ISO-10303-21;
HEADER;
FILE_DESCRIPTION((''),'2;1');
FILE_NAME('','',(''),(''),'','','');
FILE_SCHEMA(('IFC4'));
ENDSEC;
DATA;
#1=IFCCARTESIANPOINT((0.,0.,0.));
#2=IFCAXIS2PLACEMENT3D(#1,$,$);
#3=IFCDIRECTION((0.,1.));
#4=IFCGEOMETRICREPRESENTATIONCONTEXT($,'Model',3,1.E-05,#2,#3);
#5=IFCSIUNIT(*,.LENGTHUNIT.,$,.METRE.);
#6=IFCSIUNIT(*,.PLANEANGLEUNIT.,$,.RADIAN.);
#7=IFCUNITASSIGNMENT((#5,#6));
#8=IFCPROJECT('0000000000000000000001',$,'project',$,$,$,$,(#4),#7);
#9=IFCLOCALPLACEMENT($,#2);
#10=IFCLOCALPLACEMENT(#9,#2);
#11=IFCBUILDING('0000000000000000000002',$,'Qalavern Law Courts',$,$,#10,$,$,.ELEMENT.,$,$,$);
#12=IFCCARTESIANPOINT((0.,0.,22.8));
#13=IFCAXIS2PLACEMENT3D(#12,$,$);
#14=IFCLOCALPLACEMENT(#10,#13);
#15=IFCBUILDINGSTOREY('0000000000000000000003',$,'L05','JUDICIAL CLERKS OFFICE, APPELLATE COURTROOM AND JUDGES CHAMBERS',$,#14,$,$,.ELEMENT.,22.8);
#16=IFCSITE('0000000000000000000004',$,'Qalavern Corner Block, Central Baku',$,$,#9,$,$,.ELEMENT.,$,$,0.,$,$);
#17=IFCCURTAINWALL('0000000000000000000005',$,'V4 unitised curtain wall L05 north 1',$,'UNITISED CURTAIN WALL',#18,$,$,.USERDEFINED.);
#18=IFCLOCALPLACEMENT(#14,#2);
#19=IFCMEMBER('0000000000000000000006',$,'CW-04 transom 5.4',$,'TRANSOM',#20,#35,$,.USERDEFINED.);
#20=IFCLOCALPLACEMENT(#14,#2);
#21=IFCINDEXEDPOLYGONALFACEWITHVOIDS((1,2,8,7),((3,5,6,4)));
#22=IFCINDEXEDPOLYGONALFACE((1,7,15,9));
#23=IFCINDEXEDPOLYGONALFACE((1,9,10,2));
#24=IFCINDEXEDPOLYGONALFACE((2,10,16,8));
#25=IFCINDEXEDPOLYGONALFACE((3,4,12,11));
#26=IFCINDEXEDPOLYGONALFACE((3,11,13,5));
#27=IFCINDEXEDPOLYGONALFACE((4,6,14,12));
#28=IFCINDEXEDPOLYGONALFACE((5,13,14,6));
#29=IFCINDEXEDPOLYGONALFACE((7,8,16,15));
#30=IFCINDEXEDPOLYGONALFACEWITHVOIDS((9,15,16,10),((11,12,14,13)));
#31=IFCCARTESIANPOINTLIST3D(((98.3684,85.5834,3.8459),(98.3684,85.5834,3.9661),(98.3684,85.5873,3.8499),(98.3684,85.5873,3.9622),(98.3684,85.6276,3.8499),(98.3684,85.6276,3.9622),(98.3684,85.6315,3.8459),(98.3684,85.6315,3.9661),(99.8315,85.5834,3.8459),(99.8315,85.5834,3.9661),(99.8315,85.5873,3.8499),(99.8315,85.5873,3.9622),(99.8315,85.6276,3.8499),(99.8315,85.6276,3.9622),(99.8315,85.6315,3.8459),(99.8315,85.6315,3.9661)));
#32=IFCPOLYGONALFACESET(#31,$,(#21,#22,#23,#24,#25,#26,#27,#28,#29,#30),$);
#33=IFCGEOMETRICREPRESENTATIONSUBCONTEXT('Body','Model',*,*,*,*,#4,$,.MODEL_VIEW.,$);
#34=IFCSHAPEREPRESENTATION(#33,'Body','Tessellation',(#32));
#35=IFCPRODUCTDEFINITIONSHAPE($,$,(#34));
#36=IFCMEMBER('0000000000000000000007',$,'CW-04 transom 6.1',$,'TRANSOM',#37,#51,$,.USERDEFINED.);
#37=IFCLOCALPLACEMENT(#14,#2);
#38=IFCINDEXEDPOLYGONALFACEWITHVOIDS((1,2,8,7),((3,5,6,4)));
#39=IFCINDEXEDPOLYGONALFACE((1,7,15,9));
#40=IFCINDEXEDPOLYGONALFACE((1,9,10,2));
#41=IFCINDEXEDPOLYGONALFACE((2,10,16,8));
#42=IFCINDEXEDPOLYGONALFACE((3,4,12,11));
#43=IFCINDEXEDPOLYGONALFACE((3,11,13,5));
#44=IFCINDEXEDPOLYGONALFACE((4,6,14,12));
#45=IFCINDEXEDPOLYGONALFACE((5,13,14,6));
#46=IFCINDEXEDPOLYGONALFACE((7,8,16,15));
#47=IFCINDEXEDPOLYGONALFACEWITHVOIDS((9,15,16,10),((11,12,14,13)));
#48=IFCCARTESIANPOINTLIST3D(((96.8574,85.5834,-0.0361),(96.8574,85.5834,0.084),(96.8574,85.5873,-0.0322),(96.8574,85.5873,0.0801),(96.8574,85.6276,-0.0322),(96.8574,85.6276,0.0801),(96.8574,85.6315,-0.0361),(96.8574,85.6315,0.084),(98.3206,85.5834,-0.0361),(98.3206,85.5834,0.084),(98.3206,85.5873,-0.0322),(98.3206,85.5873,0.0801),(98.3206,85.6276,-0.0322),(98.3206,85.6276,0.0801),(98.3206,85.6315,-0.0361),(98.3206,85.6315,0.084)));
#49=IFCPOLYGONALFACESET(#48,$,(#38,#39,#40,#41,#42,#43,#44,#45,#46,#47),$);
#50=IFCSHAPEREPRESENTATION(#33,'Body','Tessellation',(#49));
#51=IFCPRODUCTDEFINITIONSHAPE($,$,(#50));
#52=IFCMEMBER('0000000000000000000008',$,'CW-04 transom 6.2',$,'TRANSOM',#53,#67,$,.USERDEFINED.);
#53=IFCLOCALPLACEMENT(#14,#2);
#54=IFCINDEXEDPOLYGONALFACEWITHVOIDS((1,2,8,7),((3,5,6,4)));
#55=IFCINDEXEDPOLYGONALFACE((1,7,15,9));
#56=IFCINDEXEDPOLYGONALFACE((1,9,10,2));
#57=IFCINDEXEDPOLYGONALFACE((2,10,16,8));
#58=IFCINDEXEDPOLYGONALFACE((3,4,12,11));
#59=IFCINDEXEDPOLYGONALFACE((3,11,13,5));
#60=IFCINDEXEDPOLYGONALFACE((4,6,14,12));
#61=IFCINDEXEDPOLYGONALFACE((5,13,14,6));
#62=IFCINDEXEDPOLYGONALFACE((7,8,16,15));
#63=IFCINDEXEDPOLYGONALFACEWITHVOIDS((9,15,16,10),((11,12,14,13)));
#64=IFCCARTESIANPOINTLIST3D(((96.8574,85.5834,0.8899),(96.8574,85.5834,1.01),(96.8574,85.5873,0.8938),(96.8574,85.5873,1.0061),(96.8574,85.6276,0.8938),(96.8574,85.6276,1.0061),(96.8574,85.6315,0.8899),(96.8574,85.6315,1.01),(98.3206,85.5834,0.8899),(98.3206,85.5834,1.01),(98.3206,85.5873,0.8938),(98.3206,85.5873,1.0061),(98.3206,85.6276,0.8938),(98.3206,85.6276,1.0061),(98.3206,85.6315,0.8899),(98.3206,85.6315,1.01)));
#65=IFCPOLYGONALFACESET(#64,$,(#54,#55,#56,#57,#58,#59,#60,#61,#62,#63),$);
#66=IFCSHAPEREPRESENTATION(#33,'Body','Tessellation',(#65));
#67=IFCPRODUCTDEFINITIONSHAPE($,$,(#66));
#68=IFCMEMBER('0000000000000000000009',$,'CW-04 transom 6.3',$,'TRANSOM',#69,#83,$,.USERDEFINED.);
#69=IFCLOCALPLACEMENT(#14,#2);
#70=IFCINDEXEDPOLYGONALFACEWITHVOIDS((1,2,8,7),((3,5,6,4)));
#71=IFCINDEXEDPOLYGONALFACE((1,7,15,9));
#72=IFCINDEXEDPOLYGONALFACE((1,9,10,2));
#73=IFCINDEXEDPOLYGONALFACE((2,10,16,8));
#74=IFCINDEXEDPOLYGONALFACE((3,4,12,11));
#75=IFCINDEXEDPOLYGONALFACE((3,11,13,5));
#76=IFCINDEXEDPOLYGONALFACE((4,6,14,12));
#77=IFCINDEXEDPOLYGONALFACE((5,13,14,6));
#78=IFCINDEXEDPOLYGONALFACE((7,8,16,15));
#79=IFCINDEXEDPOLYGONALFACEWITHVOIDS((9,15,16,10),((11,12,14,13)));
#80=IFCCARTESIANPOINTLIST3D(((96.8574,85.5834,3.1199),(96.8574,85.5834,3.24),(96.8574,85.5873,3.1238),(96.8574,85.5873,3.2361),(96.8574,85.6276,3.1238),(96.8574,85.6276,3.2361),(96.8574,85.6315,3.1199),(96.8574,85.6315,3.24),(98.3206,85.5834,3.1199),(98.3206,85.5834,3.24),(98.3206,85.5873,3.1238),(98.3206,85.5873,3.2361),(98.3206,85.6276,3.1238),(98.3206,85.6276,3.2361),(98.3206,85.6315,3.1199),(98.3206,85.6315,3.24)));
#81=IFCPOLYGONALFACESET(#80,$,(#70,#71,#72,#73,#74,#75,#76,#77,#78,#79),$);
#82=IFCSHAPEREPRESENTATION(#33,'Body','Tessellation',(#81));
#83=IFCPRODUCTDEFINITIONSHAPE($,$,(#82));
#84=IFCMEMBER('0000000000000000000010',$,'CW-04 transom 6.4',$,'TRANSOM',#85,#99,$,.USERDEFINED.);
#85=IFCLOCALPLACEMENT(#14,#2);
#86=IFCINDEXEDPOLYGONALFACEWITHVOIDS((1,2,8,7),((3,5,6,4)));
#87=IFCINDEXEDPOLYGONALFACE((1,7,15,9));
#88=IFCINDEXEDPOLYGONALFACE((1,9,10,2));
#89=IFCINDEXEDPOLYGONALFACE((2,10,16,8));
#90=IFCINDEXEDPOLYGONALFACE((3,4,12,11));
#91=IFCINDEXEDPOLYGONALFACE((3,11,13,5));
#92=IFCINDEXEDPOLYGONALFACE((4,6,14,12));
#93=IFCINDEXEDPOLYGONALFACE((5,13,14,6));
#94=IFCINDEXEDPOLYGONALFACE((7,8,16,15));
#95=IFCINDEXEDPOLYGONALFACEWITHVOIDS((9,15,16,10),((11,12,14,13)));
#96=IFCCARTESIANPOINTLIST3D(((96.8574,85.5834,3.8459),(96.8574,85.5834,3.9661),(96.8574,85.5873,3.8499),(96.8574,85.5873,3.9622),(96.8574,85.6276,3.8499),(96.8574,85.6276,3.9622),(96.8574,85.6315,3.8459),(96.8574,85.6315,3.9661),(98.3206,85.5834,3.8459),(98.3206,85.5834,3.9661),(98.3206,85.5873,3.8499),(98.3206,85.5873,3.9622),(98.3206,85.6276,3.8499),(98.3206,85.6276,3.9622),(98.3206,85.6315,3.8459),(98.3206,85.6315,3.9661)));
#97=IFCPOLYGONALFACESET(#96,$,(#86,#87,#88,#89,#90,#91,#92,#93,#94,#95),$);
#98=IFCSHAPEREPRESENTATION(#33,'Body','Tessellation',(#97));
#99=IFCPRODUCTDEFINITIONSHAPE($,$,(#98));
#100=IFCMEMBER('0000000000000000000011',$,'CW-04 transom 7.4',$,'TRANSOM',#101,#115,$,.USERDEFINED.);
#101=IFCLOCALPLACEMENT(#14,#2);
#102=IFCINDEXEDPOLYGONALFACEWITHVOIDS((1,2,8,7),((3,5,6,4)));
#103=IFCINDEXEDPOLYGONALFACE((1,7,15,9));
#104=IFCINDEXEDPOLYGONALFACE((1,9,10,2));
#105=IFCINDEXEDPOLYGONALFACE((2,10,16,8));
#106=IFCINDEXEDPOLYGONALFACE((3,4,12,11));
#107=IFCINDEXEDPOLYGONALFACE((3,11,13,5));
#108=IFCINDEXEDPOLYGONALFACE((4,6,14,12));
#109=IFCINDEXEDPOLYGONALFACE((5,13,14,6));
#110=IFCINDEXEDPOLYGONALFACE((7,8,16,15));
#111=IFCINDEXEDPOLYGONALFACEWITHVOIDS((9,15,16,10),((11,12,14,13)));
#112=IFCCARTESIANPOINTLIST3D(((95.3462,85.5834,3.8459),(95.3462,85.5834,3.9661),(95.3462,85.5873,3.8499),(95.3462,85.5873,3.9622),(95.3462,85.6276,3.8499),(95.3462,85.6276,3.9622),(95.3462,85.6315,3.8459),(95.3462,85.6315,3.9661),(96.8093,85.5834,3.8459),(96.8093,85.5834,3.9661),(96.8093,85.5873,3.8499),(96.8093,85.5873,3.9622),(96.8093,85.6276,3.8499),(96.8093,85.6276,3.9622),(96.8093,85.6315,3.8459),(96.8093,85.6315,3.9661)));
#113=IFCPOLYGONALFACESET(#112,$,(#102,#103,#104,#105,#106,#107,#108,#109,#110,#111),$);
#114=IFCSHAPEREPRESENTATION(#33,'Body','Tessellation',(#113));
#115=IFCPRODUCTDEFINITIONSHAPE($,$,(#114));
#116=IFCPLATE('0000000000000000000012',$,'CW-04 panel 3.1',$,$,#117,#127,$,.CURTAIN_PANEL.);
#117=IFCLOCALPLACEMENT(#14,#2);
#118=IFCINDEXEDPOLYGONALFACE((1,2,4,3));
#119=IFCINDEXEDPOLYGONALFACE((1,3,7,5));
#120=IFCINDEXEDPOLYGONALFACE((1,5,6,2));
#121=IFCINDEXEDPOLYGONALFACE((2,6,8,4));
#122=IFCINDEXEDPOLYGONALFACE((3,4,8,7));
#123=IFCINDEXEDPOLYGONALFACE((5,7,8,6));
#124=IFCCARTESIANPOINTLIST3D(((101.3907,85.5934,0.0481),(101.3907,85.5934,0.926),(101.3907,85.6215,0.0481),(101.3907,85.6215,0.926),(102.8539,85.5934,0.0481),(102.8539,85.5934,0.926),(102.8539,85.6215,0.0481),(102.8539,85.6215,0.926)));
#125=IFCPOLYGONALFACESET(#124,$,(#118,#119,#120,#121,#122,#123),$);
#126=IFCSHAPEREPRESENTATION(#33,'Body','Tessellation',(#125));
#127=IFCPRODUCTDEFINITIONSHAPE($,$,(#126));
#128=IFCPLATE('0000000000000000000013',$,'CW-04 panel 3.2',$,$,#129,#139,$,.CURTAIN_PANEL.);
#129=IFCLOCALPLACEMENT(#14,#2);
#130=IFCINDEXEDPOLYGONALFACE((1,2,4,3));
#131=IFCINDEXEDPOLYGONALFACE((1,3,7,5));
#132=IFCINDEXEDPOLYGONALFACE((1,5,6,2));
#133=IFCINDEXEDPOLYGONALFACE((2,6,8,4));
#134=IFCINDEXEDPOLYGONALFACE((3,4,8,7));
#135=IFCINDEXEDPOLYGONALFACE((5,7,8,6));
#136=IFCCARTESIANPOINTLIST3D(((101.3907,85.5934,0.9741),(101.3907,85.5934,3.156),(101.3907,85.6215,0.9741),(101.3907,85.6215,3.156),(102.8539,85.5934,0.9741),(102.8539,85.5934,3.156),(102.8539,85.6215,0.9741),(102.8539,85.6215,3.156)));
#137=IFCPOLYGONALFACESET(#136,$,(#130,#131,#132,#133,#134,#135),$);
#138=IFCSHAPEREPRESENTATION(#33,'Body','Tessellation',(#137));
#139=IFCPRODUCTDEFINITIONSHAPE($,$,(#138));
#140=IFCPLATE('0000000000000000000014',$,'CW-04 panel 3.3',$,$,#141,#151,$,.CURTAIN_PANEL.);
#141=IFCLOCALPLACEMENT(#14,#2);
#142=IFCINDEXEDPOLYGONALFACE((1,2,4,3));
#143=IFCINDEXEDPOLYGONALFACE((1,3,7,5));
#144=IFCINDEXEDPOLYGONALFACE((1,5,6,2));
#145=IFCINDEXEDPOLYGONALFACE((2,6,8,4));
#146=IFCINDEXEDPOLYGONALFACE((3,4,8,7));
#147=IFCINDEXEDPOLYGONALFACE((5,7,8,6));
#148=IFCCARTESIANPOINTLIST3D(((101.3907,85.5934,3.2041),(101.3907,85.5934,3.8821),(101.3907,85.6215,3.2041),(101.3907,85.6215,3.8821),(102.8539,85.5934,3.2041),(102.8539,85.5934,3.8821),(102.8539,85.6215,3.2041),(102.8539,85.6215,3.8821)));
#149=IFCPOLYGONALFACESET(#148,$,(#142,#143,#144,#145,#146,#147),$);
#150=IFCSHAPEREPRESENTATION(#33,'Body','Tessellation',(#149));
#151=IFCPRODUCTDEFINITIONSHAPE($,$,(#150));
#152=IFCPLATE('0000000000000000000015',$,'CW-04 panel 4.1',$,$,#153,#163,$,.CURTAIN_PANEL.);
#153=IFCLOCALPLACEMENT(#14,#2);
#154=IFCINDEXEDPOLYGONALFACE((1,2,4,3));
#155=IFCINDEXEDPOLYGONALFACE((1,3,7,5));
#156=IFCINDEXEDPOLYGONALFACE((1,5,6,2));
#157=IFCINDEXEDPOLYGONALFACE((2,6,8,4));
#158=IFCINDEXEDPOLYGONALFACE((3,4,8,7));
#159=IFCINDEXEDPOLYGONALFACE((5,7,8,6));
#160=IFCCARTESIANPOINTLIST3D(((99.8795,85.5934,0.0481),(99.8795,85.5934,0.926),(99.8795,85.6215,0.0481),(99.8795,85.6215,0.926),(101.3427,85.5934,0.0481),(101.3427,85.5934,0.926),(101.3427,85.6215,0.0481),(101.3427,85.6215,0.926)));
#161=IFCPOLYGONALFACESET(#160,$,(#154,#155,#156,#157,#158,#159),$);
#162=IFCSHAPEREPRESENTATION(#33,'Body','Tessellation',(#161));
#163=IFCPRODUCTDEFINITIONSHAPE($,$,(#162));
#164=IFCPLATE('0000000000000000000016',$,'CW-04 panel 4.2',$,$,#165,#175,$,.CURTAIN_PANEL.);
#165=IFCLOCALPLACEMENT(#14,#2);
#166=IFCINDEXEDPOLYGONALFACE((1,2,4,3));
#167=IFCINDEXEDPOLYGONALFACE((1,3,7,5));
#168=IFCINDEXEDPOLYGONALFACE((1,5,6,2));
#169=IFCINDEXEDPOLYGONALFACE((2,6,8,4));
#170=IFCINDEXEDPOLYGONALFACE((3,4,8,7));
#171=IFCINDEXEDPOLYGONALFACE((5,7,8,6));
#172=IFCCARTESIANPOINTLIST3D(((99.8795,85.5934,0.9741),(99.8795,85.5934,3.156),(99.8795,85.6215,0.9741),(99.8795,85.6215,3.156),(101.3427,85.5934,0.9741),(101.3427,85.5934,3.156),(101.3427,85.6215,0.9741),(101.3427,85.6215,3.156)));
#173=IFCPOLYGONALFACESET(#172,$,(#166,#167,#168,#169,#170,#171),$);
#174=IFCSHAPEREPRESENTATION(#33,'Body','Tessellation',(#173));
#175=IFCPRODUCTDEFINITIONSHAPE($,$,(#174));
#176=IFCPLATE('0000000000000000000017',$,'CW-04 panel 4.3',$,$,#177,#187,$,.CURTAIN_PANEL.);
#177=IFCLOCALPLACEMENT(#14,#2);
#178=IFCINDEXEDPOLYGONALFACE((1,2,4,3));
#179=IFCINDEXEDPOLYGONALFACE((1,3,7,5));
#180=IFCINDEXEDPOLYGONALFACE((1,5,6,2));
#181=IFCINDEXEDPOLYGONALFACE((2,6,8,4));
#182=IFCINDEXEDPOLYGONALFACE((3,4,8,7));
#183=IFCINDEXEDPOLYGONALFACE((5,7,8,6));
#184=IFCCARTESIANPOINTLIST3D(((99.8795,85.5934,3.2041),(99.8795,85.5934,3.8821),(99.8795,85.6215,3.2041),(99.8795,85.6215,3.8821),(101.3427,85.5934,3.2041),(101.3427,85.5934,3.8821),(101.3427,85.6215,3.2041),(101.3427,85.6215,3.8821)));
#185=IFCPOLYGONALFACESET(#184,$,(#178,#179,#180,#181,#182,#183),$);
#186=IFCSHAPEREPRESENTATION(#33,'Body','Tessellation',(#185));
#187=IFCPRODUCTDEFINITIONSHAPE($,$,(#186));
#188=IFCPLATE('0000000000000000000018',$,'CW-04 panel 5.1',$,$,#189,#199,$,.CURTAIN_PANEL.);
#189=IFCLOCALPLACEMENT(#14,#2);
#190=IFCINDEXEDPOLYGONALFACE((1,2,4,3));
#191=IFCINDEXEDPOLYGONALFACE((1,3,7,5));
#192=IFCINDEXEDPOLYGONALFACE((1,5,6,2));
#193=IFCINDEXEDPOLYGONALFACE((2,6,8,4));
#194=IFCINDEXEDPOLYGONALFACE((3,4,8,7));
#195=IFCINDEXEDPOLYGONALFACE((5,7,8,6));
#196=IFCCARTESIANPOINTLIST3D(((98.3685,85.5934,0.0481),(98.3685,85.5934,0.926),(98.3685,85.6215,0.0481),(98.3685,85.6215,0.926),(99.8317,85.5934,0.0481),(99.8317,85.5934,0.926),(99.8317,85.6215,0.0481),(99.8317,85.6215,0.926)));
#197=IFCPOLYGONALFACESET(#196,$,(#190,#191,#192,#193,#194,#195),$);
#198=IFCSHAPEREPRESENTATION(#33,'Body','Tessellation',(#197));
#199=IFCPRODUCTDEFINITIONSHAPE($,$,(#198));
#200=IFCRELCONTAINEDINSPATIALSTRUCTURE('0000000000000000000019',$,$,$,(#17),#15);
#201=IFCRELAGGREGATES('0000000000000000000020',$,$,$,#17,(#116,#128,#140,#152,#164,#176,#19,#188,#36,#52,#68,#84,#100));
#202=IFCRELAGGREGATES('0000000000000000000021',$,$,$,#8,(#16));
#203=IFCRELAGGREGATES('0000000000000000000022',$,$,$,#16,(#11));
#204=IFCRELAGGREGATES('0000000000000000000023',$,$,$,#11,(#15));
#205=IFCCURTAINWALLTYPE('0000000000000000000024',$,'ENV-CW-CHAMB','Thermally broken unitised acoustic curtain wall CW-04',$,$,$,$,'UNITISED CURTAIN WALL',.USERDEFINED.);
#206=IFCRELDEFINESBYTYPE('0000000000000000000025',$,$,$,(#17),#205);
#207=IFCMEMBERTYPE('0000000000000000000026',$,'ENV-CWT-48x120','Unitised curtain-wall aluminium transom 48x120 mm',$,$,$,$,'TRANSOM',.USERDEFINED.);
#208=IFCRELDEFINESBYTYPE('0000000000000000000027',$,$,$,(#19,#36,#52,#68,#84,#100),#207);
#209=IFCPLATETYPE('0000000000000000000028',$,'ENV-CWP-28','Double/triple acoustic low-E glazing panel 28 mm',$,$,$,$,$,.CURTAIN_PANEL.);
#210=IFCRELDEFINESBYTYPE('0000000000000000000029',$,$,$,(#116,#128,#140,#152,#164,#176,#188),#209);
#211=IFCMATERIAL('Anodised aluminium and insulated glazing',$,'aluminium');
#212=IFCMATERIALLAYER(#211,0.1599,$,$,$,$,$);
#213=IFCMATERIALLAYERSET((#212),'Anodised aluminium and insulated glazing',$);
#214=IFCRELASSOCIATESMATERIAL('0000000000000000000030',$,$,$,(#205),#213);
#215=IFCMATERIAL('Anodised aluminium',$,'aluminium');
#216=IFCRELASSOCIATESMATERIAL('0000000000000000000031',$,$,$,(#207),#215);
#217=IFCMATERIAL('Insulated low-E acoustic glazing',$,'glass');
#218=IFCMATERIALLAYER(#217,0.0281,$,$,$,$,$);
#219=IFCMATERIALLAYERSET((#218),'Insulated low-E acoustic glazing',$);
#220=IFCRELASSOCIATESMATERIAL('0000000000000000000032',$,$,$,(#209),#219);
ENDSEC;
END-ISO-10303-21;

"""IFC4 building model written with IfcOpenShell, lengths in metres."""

from ifc_helpers import new_model, si_unit, direction, frame, origin, origin_2d, place, context, subcontext, project, spatial, rectangle, hollow_rectangle, extrude, material, layer, layer_set, material_profile, profile_set, type_object, element, aggregate, save


model = new_model("IFC4")

# Units and contexts
model_context = context("Model", 3, precision=1e-05, world=origin(), true_north=direction((0.0, 1.0)))
body_context = subcontext(model_context, "Body", "Model", "MODEL_VIEW")
ifc_project = project(units=[si_unit("LENGTHUNIT", "METRE"), si_unit("PLANEANGLEUNIT", "RADIAN")], contexts=[model_context])

# Site, building, storey
site_placement = place(None, origin())
site = spatial("IfcSite", under=ifc_project, at=site_placement, Name="Qalavern Corner Block, Central Baku", CompositionType="ELEMENT", RefElevation=0.0)
building_placement = place(site_placement, origin())
building = spatial("IfcBuilding", under=site, at=building_placement, Name="Qalavern Law Courts", CompositionType="ELEMENT")
storey_placement = place(building_placement, frame((0.0, 0.0, 22.8)))
storey = spatial("IfcBuildingStorey", under=building, at=storey_placement, Name="L05", Description="JUDICIAL CLERKS OFFICE, APPELLATE COURTROOM AND JUDGES CHAMBERS", CompositionType="ELEMENT", Elevation=22.8)

# Curtain wall, members, plates
ifc_material_1 = material(Name="Anodised aluminium and insulated glazing", Category="aluminium")
ifc_layer_1 = layer(ifc_material_1, 0.1599)
ifc_layer_set_1 = layer_set([ifc_layer_1], Name="Anodised aluminium and insulated glazing")
curtain_wall_type = type_object("IfcCurtainWallType", Name="ENV-CW-CHAMB", Description="Thermally broken unitised acoustic curtain wall CW-04", ElementType="UNITISED CURTAIN WALL", PredefinedType="USERDEFINED", material=ifc_layer_set_1)
curtain_wall_placement = place(storey_placement, origin())
curtain_wall = element("IfcCurtainWall", 1, at=curtain_wall_placement, inside=storey, type_object=curtain_wall_type, Name="V4 unitised curtain wall L05 north 1", ObjectType="UNITISED CURTAIN WALL", PredefinedType="USERDEFINED")
ifc_material_2 = material(Name="Anodised aluminium", Category="aluminium")
ifc_material_profile_1 = material_profile(ifc_material_2, hollow_rectangle(XDim=0.0481, YDim=0.1201, WallThickness=0.0039, at=origin_2d()), Name="ALU TRANSOM 48x120")
ifc_profile_set_1 = profile_set([ifc_material_profile_1], Name="Anodised aluminium")
member_type_1 = type_object("IfcMemberType", Name="ENV-CWT-48x120", Description="Unitised curtain-wall aluminium transom 48x120 mm", ElementType="TRANSOM", PredefinedType="USERDEFINED", material=ifc_profile_set_1)
member_1_placement = place(storey_placement, frame((99.8315, 85.6074, 3.906), z_axis=(-1.0, 0.0, 0.0), x_axis=(0.0, -1.0, 0.0)))
member_1 = element("IfcMember", 2, at=member_1_placement, type_object=member_type_1, Name="CW-04 transom 5.4", ObjectType="TRANSOM", PredefinedType="USERDEFINED", context=body_context, shape_type="SweptSolid", body=[
    extrude(hollow_rectangle(XDim=0.0481, YDim=0.1201, WallThickness=0.0039, at=origin_2d()), origin(), (0.0, 0.0, 1.0), 1.4631),
])
member_2_placement = place(storey_placement, frame((98.3206, 85.6074, 0.0239), z_axis=(-1.0, 0.0, 0.0), x_axis=(0.0, -1.0, 0.0)))
member_2 = element("IfcMember", 3, at=member_2_placement, type_object=member_type_1, Name="CW-04 transom 6.1", ObjectType="TRANSOM", PredefinedType="USERDEFINED", context=body_context, shape_type="SweptSolid", body=[
    extrude(hollow_rectangle(XDim=0.0481, YDim=0.1201, WallThickness=0.0039, at=origin_2d()), origin(), (0.0, 0.0, 1.0), 1.4631),
])
member_3_placement = place(storey_placement, frame((98.3206, 85.6074, 0.95), z_axis=(-1.0, 0.0, 0.0), x_axis=(0.0, -1.0, 0.0)))
member_3 = element("IfcMember", 4, at=member_3_placement, type_object=member_type_1, Name="CW-04 transom 6.2", ObjectType="TRANSOM", PredefinedType="USERDEFINED", context=body_context, shape_type="SweptSolid", body=[
    extrude(hollow_rectangle(XDim=0.0481, YDim=0.1201, WallThickness=0.0039, at=origin_2d()), origin(), (0.0, 0.0, 1.0), 1.4631),
])
member_4_placement = place(storey_placement, frame((98.3206, 85.6074, 3.1799), z_axis=(-1.0, 0.0, 0.0), x_axis=(0.0, -1.0, 0.0)))
member_4 = element("IfcMember", 5, at=member_4_placement, type_object=member_type_1, Name="CW-04 transom 6.3", ObjectType="TRANSOM", PredefinedType="USERDEFINED", context=body_context, shape_type="SweptSolid", body=[
    extrude(hollow_rectangle(XDim=0.0481, YDim=0.1201, WallThickness=0.0039, at=origin_2d()), origin(), (0.0, 0.0, 1.0), 1.4631),
])
member_5_placement = place(storey_placement, frame((98.3206, 85.6074, 3.906), z_axis=(-1.0, 0.0, 0.0), x_axis=(0.0, -1.0, 0.0)))
member_5 = element("IfcMember", 6, at=member_5_placement, type_object=member_type_1, Name="CW-04 transom 6.4", ObjectType="TRANSOM", PredefinedType="USERDEFINED", context=body_context, shape_type="SweptSolid", body=[
    extrude(hollow_rectangle(XDim=0.0481, YDim=0.1201, WallThickness=0.0039, at=origin_2d()), origin(), (0.0, 0.0, 1.0), 1.4631),
])
member_6_placement = place(storey_placement, frame((96.8093, 85.6074, 3.906), z_axis=(-1.0, 0.0, 0.0), x_axis=(0.0, -1.0, 0.0)))
member_6 = element("IfcMember", 7, at=member_6_placement, type_object=member_type_1, Name="CW-04 transom 7.4", ObjectType="TRANSOM", PredefinedType="USERDEFINED", context=body_context, shape_type="SweptSolid", body=[
    extrude(hollow_rectangle(XDim=0.0481, YDim=0.1201, WallThickness=0.0039, at=origin_2d()), origin(), (0.0, 0.0, 1.0), 1.4631),
])
ifc_material_3 = material(Name="Insulated low-E acoustic glazing", Category="glass")
ifc_layer_2 = layer(ifc_material_3, 0.0281)
ifc_layer_set_2 = layer_set([ifc_layer_2], Name="Insulated low-E acoustic glazing")
plate_type = type_object("IfcPlateType", Name="ENV-CWP-28", Description="Double/triple acoustic low-E glazing panel 28 mm", PredefinedType="CURTAIN_PANEL", material=ifc_layer_set_2)
plate_1_placement = place(storey_placement, frame((102.1223, 85.6074, 0.0481), z_axis=(0.0, 0.0, 1.0), x_axis=(-1.0, 0.0, 0.0)))
plate_1 = element("IfcPlate", 8, at=plate_1_placement, type_object=plate_type, Name="CW-04 panel 3.1", PredefinedType="CURTAIN_PANEL", context=body_context, shape_type="SweptSolid", body=[
    extrude(rectangle(XDim=1.4631, YDim=0.0281, at=origin_2d()), origin(), (0.0, 0.0, 1.0), 0.8779),
])
plate_2_placement = place(storey_placement, frame((102.1223, 85.6074, 0.9741), z_axis=(0.0, 0.0, 1.0), x_axis=(-1.0, 0.0, 0.0)))
plate_2 = element("IfcPlate", 9, at=plate_2_placement, type_object=plate_type, Name="CW-04 panel 3.2", PredefinedType="CURTAIN_PANEL", context=body_context, shape_type="SweptSolid", body=[
    extrude(rectangle(XDim=1.4631, YDim=0.0281, at=origin_2d()), origin(), (0.0, 0.0, 1.0), 2.1819),
])
plate_3_placement = place(storey_placement, frame((102.1223, 85.6074, 3.2041), z_axis=(0.0, 0.0, 1.0), x_axis=(-1.0, 0.0, 0.0)))
plate_3 = element("IfcPlate", 10, at=plate_3_placement, type_object=plate_type, Name="CW-04 panel 3.3", PredefinedType="CURTAIN_PANEL", context=body_context, shape_type="SweptSolid", body=[
    extrude(rectangle(XDim=1.4631, YDim=0.0281, at=origin_2d()), origin(), (0.0, 0.0, 1.0), 0.678),
])
plate_4_placement = place(storey_placement, frame((100.6111, 85.6074, 0.0481), z_axis=(0.0, 0.0, 1.0), x_axis=(-1.0, 0.0, 0.0)))
plate_4 = element("IfcPlate", 11, at=plate_4_placement, type_object=plate_type, Name="CW-04 panel 4.1", PredefinedType="CURTAIN_PANEL", context=body_context, shape_type="SweptSolid", body=[
    extrude(rectangle(XDim=1.4631, YDim=0.0281, at=origin_2d()), origin(), (0.0, 0.0, 1.0), 0.8779),
])
plate_5_placement = place(storey_placement, frame((100.6111, 85.6074, 0.9741), z_axis=(0.0, 0.0, 1.0), x_axis=(-1.0, 0.0, 0.0)))
plate_5 = element("IfcPlate", 12, at=plate_5_placement, type_object=plate_type, Name="CW-04 panel 4.2", PredefinedType="CURTAIN_PANEL", context=body_context, shape_type="SweptSolid", body=[
    extrude(rectangle(XDim=1.4631, YDim=0.0281, at=origin_2d()), origin(), (0.0, 0.0, 1.0), 2.1819),
])
plate_6_placement = place(storey_placement, frame((100.6111, 85.6074, 3.2041), z_axis=(0.0, 0.0, 1.0), x_axis=(-1.0, 0.0, 0.0)))
plate_6 = element("IfcPlate", 13, at=plate_6_placement, type_object=plate_type, Name="CW-04 panel 4.3", PredefinedType="CURTAIN_PANEL", context=body_context, shape_type="SweptSolid", body=[
    extrude(rectangle(XDim=1.4631, YDim=0.0281, at=origin_2d()), origin(), (0.0, 0.0, 1.0), 0.678),
])
plate_7_placement = place(storey_placement, frame((99.1001, 85.6074, 0.0481), z_axis=(0.0, 0.0, 1.0), x_axis=(-1.0, 0.0, 0.0)))
plate_7 = element("IfcPlate", 14, at=plate_7_placement, type_object=plate_type, Name="CW-04 panel 5.1", PredefinedType="CURTAIN_PANEL", context=body_context, shape_type="SweptSolid", body=[
    extrude(rectangle(XDim=1.4631, YDim=0.0281, at=origin_2d()), origin(), (0.0, 0.0, 1.0), 0.8779),
])
aggregate(curtain_wall, [plate_1, plate_2, plate_3, plate_4, plate_5, plate_6, member_1, plate_7, member_2, member_3, member_4, member_5, member_6])

save(model, "model.ifc")
